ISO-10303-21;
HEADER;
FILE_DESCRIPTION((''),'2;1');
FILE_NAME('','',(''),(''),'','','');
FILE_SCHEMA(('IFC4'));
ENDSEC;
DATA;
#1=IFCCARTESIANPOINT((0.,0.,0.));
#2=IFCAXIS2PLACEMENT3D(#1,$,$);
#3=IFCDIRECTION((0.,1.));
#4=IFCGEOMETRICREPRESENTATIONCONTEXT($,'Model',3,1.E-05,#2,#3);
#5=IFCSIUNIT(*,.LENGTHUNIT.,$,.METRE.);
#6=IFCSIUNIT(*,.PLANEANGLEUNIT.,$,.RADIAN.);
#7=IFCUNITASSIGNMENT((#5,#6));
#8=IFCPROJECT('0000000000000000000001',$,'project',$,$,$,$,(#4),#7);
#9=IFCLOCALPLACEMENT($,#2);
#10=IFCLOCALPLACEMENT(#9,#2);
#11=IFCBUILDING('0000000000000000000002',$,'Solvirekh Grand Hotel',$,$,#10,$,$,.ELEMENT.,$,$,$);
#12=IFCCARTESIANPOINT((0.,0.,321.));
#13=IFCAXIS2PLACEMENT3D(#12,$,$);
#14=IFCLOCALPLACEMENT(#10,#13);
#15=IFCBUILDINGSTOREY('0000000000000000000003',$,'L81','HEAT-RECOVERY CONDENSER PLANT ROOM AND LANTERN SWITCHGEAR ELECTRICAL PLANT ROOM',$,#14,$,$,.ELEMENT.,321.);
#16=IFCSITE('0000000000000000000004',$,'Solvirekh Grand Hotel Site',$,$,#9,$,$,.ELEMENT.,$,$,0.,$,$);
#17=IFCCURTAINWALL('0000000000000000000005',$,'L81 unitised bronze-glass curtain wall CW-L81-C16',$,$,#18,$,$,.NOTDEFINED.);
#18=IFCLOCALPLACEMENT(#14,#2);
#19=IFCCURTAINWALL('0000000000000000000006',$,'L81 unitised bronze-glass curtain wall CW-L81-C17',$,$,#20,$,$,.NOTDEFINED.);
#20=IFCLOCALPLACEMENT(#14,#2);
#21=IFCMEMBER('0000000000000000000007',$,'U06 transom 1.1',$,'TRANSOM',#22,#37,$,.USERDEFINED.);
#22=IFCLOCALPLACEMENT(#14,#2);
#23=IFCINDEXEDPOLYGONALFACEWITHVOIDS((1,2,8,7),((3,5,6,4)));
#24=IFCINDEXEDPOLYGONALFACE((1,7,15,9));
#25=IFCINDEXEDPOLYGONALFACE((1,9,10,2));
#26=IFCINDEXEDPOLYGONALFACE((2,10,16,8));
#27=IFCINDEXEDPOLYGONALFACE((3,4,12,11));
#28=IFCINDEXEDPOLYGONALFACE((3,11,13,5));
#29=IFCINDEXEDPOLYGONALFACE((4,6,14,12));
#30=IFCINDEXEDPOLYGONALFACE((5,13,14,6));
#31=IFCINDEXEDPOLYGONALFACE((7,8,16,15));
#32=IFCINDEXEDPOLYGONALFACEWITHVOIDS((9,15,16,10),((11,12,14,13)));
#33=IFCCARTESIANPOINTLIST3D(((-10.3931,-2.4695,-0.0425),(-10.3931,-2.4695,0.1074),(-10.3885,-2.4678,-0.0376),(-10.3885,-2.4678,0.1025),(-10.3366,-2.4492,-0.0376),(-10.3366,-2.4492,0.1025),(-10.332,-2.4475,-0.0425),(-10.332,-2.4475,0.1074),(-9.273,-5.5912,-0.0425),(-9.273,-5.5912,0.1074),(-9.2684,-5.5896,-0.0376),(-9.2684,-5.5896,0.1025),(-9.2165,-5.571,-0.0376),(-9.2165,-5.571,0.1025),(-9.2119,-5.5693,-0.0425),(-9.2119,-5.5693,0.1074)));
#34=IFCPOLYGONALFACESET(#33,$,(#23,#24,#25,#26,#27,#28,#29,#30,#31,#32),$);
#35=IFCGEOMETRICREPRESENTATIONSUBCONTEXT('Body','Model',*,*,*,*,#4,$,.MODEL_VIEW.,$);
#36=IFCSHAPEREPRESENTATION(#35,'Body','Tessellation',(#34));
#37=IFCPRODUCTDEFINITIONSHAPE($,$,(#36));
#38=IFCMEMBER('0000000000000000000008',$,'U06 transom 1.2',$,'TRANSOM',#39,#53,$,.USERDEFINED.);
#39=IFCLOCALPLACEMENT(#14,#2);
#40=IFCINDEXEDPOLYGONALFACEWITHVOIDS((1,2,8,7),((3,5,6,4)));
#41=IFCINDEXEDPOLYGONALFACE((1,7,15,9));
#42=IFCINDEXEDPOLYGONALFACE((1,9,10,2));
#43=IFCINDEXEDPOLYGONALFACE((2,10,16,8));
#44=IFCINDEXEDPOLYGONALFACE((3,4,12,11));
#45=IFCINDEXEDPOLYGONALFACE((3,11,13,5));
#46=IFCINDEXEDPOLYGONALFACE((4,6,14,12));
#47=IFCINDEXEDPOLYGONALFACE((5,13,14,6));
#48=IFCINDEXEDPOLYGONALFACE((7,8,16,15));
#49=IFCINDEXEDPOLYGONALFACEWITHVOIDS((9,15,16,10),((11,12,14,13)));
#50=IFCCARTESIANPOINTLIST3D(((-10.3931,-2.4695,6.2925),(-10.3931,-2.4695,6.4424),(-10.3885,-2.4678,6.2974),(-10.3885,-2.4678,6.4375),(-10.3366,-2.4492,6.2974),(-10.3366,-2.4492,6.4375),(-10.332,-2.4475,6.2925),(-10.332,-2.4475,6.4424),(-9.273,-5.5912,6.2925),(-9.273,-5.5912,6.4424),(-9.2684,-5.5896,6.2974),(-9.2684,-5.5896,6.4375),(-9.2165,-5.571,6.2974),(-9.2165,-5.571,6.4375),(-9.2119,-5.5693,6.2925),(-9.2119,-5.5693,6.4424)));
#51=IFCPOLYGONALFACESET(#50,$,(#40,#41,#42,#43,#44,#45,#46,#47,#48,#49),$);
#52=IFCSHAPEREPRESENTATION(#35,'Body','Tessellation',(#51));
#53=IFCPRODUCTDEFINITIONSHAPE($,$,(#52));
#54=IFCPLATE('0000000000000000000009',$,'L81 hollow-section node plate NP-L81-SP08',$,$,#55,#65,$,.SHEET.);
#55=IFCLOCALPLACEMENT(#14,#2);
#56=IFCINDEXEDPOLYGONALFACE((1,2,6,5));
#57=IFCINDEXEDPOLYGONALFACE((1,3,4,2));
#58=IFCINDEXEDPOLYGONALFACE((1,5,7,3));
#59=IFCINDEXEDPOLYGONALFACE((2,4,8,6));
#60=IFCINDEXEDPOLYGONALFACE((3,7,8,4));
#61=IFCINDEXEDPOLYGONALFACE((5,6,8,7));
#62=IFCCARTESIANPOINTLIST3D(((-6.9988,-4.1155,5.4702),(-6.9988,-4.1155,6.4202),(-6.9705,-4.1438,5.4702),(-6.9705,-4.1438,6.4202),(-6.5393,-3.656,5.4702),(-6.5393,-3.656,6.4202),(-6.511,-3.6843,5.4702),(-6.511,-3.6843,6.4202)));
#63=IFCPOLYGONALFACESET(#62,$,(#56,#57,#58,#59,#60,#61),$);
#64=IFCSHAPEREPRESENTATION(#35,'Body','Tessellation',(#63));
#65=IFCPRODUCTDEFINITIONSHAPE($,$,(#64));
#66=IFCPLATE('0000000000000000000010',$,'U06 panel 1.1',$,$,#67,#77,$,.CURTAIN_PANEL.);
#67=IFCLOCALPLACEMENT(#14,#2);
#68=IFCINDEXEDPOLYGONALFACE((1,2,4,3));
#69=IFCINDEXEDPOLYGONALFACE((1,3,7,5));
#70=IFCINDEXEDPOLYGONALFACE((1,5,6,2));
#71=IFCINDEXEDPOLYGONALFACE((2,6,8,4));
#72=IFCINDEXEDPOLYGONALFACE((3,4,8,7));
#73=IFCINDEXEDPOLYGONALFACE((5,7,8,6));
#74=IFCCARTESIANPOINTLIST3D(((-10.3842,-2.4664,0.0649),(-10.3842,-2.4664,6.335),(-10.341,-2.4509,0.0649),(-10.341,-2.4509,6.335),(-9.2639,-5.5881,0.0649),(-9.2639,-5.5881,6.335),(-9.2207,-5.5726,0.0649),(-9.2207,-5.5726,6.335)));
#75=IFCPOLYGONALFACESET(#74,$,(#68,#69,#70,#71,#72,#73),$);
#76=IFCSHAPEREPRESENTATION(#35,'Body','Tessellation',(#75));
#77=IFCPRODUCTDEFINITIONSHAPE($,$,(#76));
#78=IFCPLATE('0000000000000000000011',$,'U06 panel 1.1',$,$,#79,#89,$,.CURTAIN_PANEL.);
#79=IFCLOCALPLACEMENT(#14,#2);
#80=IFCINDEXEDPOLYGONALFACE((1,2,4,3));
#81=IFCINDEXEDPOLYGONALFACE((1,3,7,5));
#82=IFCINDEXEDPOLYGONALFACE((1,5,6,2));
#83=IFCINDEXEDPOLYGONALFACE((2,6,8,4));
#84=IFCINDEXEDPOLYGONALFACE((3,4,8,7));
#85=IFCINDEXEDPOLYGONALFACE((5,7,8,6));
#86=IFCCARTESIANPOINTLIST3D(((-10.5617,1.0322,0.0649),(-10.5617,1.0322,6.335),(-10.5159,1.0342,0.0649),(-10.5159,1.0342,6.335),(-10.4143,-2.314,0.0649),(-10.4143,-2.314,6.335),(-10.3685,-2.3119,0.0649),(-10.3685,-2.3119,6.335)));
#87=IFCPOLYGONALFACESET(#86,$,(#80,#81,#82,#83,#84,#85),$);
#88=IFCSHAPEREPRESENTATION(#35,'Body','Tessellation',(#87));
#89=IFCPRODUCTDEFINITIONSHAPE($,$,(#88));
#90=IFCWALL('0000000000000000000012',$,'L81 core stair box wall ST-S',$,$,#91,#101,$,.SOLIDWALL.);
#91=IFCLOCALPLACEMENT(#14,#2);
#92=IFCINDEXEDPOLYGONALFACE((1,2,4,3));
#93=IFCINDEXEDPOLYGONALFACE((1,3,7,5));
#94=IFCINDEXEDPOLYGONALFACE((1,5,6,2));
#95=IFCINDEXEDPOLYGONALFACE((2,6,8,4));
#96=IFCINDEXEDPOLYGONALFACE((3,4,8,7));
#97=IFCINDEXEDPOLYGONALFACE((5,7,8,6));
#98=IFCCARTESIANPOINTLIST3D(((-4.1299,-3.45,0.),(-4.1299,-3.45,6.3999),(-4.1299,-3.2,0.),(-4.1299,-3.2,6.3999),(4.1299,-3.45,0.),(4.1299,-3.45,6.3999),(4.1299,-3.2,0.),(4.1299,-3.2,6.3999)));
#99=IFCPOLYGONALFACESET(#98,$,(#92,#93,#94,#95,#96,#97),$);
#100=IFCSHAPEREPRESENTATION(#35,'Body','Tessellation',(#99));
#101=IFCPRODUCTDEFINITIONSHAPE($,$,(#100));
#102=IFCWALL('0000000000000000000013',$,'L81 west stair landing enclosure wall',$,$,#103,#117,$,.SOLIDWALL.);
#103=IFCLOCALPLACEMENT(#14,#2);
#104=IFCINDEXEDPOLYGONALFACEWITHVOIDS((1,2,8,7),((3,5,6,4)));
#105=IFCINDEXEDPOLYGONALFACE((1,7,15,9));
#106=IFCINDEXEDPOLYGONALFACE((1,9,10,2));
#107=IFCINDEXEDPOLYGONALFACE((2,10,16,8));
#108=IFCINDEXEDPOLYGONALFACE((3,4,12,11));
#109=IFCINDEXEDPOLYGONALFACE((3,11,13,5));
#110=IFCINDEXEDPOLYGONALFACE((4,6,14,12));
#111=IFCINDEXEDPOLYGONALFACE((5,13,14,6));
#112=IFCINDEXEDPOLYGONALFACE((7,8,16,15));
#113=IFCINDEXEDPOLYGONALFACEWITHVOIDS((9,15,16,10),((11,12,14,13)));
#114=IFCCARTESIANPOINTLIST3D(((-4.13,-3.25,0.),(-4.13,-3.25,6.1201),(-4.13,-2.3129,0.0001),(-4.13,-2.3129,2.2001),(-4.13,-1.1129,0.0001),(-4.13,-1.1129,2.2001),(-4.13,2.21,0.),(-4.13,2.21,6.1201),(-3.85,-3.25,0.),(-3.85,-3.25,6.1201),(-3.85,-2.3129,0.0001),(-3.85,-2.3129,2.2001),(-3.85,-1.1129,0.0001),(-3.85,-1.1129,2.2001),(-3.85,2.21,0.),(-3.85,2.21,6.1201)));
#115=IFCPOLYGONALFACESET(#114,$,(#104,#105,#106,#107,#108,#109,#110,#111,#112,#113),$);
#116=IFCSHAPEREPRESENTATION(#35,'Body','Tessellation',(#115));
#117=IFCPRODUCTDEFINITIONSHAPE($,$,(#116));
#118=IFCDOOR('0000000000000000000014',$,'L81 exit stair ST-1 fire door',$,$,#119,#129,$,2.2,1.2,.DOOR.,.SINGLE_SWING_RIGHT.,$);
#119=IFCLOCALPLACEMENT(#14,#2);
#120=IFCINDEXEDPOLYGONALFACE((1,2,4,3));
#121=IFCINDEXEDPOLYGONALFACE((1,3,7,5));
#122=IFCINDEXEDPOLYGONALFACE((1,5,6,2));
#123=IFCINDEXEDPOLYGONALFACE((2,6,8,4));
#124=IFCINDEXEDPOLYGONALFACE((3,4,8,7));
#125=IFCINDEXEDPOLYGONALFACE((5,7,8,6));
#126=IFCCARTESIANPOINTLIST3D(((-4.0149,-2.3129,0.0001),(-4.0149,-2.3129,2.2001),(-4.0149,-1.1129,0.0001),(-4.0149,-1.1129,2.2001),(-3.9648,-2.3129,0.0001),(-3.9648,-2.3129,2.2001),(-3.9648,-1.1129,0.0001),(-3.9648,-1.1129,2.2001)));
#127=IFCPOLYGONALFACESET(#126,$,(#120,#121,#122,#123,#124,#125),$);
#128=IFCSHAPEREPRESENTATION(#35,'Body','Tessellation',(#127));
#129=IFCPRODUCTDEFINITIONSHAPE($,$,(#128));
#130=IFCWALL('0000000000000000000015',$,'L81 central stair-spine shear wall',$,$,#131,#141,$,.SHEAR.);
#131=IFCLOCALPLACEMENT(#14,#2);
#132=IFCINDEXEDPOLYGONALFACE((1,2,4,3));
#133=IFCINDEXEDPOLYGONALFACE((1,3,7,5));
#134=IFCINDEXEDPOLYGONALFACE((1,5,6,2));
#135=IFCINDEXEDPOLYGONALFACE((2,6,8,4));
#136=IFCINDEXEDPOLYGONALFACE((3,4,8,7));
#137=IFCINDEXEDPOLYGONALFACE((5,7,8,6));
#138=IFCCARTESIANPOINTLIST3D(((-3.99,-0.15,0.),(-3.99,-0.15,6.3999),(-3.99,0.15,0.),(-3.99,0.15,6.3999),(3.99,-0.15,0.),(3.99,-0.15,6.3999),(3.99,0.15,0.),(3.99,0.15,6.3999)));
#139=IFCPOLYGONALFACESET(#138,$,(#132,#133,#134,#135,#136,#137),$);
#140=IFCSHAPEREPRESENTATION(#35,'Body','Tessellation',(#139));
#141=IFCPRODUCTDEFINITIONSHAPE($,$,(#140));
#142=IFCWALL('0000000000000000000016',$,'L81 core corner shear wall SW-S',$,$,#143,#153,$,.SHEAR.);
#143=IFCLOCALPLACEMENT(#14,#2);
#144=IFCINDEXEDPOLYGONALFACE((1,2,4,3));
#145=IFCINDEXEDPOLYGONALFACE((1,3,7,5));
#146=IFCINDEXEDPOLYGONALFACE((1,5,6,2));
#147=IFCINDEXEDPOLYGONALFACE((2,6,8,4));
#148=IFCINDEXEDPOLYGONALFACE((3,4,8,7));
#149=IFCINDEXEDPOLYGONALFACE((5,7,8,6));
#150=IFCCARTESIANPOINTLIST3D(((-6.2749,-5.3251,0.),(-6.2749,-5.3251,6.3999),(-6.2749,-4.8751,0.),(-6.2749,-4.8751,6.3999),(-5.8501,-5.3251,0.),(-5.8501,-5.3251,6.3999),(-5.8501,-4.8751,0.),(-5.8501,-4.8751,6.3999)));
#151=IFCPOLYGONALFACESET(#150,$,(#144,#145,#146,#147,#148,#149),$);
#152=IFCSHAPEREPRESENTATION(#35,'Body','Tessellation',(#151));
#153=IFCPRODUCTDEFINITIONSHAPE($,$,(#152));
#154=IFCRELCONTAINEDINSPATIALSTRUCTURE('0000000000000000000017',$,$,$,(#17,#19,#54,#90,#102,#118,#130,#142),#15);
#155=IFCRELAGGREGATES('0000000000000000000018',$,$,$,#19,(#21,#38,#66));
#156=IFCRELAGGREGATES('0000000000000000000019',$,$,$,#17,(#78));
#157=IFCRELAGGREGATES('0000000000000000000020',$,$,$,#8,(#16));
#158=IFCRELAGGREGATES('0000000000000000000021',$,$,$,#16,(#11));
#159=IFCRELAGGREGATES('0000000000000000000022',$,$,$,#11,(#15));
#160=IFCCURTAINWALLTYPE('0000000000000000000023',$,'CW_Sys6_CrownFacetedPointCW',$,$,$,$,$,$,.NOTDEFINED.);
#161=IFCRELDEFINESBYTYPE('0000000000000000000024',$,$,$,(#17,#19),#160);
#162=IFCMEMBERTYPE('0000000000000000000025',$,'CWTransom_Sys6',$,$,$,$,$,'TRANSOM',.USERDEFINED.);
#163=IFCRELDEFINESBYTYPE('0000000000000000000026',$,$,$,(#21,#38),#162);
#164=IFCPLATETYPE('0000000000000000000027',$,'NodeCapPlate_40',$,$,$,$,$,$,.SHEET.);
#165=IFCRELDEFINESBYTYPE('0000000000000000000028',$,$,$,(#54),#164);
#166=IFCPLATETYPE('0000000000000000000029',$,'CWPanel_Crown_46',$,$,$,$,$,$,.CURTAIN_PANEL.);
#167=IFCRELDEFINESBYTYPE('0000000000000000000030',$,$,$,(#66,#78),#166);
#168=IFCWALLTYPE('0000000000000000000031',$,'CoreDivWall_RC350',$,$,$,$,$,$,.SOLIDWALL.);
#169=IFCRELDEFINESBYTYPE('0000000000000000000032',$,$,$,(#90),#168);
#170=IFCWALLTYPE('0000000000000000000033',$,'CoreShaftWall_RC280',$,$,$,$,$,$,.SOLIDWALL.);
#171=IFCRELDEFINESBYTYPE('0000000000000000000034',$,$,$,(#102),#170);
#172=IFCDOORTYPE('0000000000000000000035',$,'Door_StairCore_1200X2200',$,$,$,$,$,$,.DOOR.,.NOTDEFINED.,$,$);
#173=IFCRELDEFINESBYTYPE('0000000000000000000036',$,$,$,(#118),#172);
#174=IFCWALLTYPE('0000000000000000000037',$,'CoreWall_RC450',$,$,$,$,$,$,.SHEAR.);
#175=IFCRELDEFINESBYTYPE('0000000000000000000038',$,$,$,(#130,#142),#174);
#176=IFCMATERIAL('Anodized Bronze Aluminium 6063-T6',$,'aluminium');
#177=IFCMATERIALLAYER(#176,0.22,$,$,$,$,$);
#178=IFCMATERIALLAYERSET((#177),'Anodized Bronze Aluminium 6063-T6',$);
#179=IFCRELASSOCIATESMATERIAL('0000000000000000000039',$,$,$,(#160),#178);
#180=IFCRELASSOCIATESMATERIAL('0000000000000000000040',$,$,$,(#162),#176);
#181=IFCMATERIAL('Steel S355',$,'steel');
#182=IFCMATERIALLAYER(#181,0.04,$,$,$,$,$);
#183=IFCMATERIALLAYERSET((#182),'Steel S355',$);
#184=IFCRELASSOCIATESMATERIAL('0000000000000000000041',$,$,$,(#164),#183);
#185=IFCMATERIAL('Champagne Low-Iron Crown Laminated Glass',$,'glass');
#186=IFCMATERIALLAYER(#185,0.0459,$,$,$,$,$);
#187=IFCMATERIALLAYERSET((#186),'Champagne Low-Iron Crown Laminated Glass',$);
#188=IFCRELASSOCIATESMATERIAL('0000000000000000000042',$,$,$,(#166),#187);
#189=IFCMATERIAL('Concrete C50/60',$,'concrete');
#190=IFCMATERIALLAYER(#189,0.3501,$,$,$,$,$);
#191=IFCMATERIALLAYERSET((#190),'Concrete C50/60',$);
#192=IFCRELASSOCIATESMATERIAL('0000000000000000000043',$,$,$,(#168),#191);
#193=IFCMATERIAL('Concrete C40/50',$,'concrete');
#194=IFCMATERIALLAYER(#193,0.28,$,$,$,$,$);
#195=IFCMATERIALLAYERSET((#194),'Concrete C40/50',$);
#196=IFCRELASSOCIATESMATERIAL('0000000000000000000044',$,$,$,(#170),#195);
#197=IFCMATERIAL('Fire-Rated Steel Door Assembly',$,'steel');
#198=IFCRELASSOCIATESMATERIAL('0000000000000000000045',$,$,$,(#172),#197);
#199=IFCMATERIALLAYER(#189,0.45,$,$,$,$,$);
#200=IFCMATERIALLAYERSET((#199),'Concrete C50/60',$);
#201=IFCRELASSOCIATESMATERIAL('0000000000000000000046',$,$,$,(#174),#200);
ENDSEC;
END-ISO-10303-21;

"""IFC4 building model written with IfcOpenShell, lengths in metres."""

from ifc_helpers import new_model, si_unit, direction, frame, frame_2d, origin, origin_2d, place, context, subcontext, project, spatial, rectangle, hollow_rectangle, extrude, source, transform, mapped, material, layer, layer_set, material_profile, profile_set, type_object, element, fill, aggregate, save


model = new_model("IFC4")

# Units and contexts
model_context = context("Model", 3, precision=1e-05, world=origin(), true_north=direction((0.0, 1.0)))
body_context = subcontext(model_context, "Body", "Model", "MODEL_VIEW")
ifc_project = project(units=[si_unit("LENGTHUNIT", "METRE"), si_unit("PLANEANGLEUNIT", "RADIAN")], contexts=[model_context])

# Site, building, storey
site_placement = place(None, origin())
site = spatial("IfcSite", under=ifc_project, at=site_placement, Name="Solvirekh Grand Hotel Site", CompositionType="ELEMENT", RefElevation=0.0)
building_placement = place(site_placement, origin())
building = spatial("IfcBuilding", under=site, at=building_placement, Name="Solvirekh Grand Hotel", CompositionType="ELEMENT")
storey_placement = place(building_placement, frame((0.0, 0.0, 321.0)))
storey = spatial("IfcBuildingStorey", under=building, at=storey_placement, Name="L81", Description="HEAT-RECOVERY CONDENSER PLANT ROOM AND LANTERN SWITCHGEAR ELECTRICAL PLANT ROOM", CompositionType="ELEMENT", Elevation=321.0)

# Shared definitions
ifc_material_1 = material(Name="Steel S355", Category="steel")

# Curtain wall
ifc_material_2 = material(Name="Anodized Bronze Aluminium 6063-T6", Category="aluminium")
ifc_layer_1 = layer(ifc_material_2, 0.22)
ifc_layer_set_1 = layer_set([ifc_layer_1], Name="Anodized Bronze Aluminium 6063-T6")
curtain_wall_type = type_object("IfcCurtainWallType", Name="CW_Sys6_CrownFacetedPointCW", PredefinedType="NOTDEFINED", material=ifc_layer_set_1)
curtain_wall_1_placement = place(storey_placement, origin())
curtain_wall_1 = element("IfcCurtainWall", 1, at=curtain_wall_1_placement, inside=storey, type_object=curtain_wall_type, Name="L81 unitised bronze-glass curtain wall CW-L81-C16", PredefinedType="NOTDEFINED")

# Curtain wall, members
curtain_wall_2_placement = place(storey_placement, origin())
curtain_wall_2 = element("IfcCurtainWall", 2, at=curtain_wall_2_placement, inside=storey, type_object=curtain_wall_type, Name="L81 unitised bronze-glass curtain wall CW-L81-C17", PredefinedType="NOTDEFINED")
ifc_material_profile_1 = material_profile(ifc_material_2, hollow_rectangle(XDim=0.0649, YDim=0.1499, WallThickness=0.0049, at=origin_2d()), Name="ALU RHS 150X65X5")
ifc_profile_set_1 = profile_set([ifc_material_profile_1], Name="Anodized Bronze Aluminium 6063-T6")
member_type_1 = type_object("IfcMemberType", Name="CWTransom_Sys6", ElementType="TRANSOM", PredefinedType="USERDEFINED", material=ifc_profile_set_1)
shared_shape_1 = source(origin(), body_context, "Body", "SweptSolid", [
    extrude(hollow_rectangle(XDim=0.0649, YDim=0.1499, WallThickness=0.0049, at=origin_2d()), origin(), (0.0, 0.0, 1.0), 3.3167),
])
member_1_placement = place(storey_placement, frame((-10.3625, -2.4585, 0.0325), z_axis=(0.337721, -0.941246, 0.0), x_axis=(0.941246, 0.337721, 0.0)))
member_1 = element("IfcMember", 3, at=member_1_placement, type_object=member_type_1, Name="U06 transom 1.1", ObjectType="TRANSOM", PredefinedType="USERDEFINED", context=body_context, shape_type="MappedRepresentation", body=[
    mapped(shared_shape_1, transform((0.0, 0.0, 0.0), x_axis=(1.0, 0.0, 0.0), y_axis=(0.0, 1.0, 0.0), z_axis=(0.0, 0.0, 1.0), scale=1.0)),
])
member_2_placement = place(storey_placement, frame((-10.3625, -2.4585, 6.3674), z_axis=(0.337721, -0.941246, 0.0), x_axis=(0.941246, 0.337721, 0.0)))
member_2 = element("IfcMember", 4, at=member_2_placement, type_object=member_type_1, Name="U06 transom 1.2", ObjectType="TRANSOM", PredefinedType="USERDEFINED", context=body_context, shape_type="MappedRepresentation", body=[
    mapped(shared_shape_1, transform((0.0, 0.0, 0.0), x_axis=(1.0, 0.0, 0.0), y_axis=(0.0, 1.0, 0.0), z_axis=(0.0, 0.0, 1.0), scale=1.0)),
])

# Plates
ifc_layer_2 = layer(ifc_material_1, 0.04)
ifc_layer_set_2 = layer_set([ifc_layer_2], Name="Steel S355")
plate_type_1 = type_object("IfcPlateType", Name="NodeCapPlate_40", PredefinedType="SHEET", material=ifc_layer_set_2)
plate_1_placement = place(storey_placement, frame((-6.7549, -3.8999, 5.4702), z_axis=(0.0, 0.0, 1.0), x_axis=(0.707107, -0.707107, 0.0)))
element("IfcPlate", 5, at=plate_1_placement, inside=storey, type_object=plate_type_1, Name="L81 hollow-section node plate NP-L81-SP08", PredefinedType="SHEET", context=body_context, shape_type="SweptSolid", body=[
    extrude(rectangle(XDim=0.04, YDim=0.6499, at=origin_2d()), origin(), (0.0, 0.0, 1.0), 0.95),
])
ifc_material_3 = material(Name="Champagne Low-Iron Crown Laminated Glass", Category="glass")
ifc_layer_3 = layer(ifc_material_3, 0.0459)
ifc_layer_set_3 = layer_set([ifc_layer_3], Name="Champagne Low-Iron Crown Laminated Glass")
plate_type_2 = type_object("IfcPlateType", Name="CWPanel_Crown_46", PredefinedType="CURTAIN_PANEL", material=ifc_layer_set_3)
shared_shape_2 = source(origin(), body_context, "Body", "SweptSolid", [
    extrude(rectangle(XDim=3.3167, YDim=0.0459, at=origin_2d()), origin(), (0.0, 0.0, 1.0), 6.27),
])
plate_2_placement = place(storey_placement, frame((-9.8025, -4.0195, 0.0649), z_axis=(0.0, 0.0, 1.0), x_axis=(0.33778, -0.941225, 0.0)))
plate_2 = element("IfcPlate", 6, at=plate_2_placement, type_object=plate_type_2, Name="U06 panel 1.1", PredefinedType="CURTAIN_PANEL", context=body_context, shape_type="MappedRepresentation", body=[
    mapped(shared_shape_2, transform((0.0, 0.0, 0.0), x_axis=(1.0, 0.0, 0.0), y_axis=(0.0, 1.0, 0.0), z_axis=(0.0, 0.0, 1.0), scale=1.0)),
])
aggregate(curtain_wall_2, [member_1, member_2, plate_2])
shared_shape_3 = source(origin(), body_context, "Body", "SweptSolid", [
    extrude(rectangle(XDim=3.3494, YDim=0.0459, at=origin_2d()), origin(), (0.0, 0.0, 1.0), 6.27),
])
plate_3_placement = place(storey_placement, frame((-10.4651, -0.6399, 0.0649), z_axis=(0.0, 0.0, 1.0), x_axis=(0.044008, -0.999031, 0.0)))
plate_3 = element("IfcPlate", 7, at=plate_3_placement, type_object=plate_type_2, Name="U06 panel 1.1", PredefinedType="CURTAIN_PANEL", context=body_context, shape_type="MappedRepresentation", body=[
    mapped(shared_shape_3, transform((0.0, 0.0, 0.0), x_axis=(1.0, 0.0, 0.0), y_axis=(0.0, 1.0, 0.0), z_axis=(0.0, 0.0, 1.0), scale=1.0)),
])
aggregate(curtain_wall_1, [plate_3])

# Wall
ifc_material_4 = material(Name="Concrete C50/60", Category="concrete")
ifc_layer_4 = layer(ifc_material_4, 0.3501)
ifc_layer_set_4 = layer_set([ifc_layer_4], Name="Concrete C50/60")
wall_type_1 = type_object("IfcWallType", Name="CoreDivWall_RC350", PredefinedType="SOLIDWALL", material=ifc_layer_set_4)
wall_1_placement = place(storey_placement, frame((-4.1299, -3.325, 0.0), z_axis=(0.0, 0.0, 1.0), x_axis=(1.0, 0.0, 0.0)))
element("IfcWall", 8, at=wall_1_placement, inside=storey, type_object=wall_type_1, Name="L81 core stair box wall ST-S", PredefinedType="SOLIDWALL", context=body_context, shape_type="SweptSolid", body=[
    extrude(rectangle(XDim=8.2598, YDim=0.25, at=frame_2d((4.1299, 0.0))), origin(), (0.0, 0.0, 1.0), 6.3999),
])

# Wall, opening, door
ifc_material_5 = material(Name="Concrete C40/50", Category="concrete")
ifc_layer_5 = layer(ifc_material_5, 0.28)
ifc_layer_set_5 = layer_set([ifc_layer_5], Name="Concrete C40/50")
wall_type_2 = type_object("IfcWallType", Name="CoreShaftWall_RC280", PredefinedType="SOLIDWALL", material=ifc_layer_set_5)
wall_2_placement = place(storey_placement, frame((-3.99, -3.25, 0.0), z_axis=(0.0, 0.0, 1.0), x_axis=(0.0, 1.0, 0.0)))
wall_2 = element("IfcWall", 9, at=wall_2_placement, inside=storey, type_object=wall_type_2, Name="L81 west stair landing enclosure wall", PredefinedType="SOLIDWALL", context=body_context, shape_type="SweptSolid", body=[
    extrude(rectangle(XDim=5.46, YDim=0.28, at=frame_2d((2.73, 0.0))), origin(), (0.0, 0.0, 1.0), 6.1201),
])
opening_1_placement = place(wall_2_placement, frame((0.937, 0.0, 0.0)))
opening_1 = element("IfcOpeningElement", 10, at=opening_1_placement, cuts=wall_2, PredefinedType="OPENING", context=body_context, shape_type="SweptSolid", body=[
    extrude(rectangle(XDim=1.2, YDim=2.2, at=frame_2d((0.6001, 1.1001))), frame((0.0, 0.1499, 0.0), z_axis=(0.0, -1.0, 0.0), x_axis=(1.0, 0.0, 0.0)), (0.0, 0.0, 1.0), 0.3),
])
ifc_material_6 = material(Name="Fire-Rated Steel Door Assembly", Category="steel")
door_type_1 = type_object("IfcDoorType", Name="Door_StairCore_1200X2200", OperationType="NOTDEFINED", PredefinedType="DOOR", material=ifc_material_6)
door_1_placement = place(opening_1_placement, origin())
door_1 = element("IfcDoor", 11, at=door_1_placement, inside=storey, type_object=door_type_1, Name="L81 exit stair ST-1 fire door", OperationType="SINGLE_SWING_RIGHT", OverallHeight=2.2, OverallWidth=1.2, PredefinedType="DOOR", context=body_context, shape_type="SweptSolid", body=[
    extrude(rectangle(XDim=1.2, YDim=2.2, at=frame_2d((0.6001, 1.1001))), frame((0.0, 0.0249, 0.0), z_axis=(0.0, -1.0, 0.0), x_axis=(1.0, 0.0, 0.0)), (0.0, 0.0, 1.0), 0.05),
])
fill(opening_1, door_1)

# Walls
ifc_layer_6 = layer(ifc_material_4, 0.45)
ifc_layer_set_6 = layer_set([ifc_layer_6], Name="Concrete C50/60")
wall_type_3 = type_object("IfcWallType", Name="CoreWall_RC450", PredefinedType="SHEAR", material=ifc_layer_set_6)
wall_3_placement = place(storey_placement, frame((-3.99, 0.0, 0.0), z_axis=(0.0, 0.0, 1.0), x_axis=(1.0, 0.0, 0.0)))
element("IfcWall", 12, at=wall_3_placement, inside=storey, type_object=wall_type_3, Name="L81 central stair-spine shear wall", PredefinedType="SHEAR", context=body_context, shape_type="SweptSolid", body=[
    extrude(rectangle(XDim=7.98, YDim=0.3, at=frame_2d((3.99, 0.0))), origin(), (0.0, 0.0, 1.0), 6.3999),
])
wall_4_placement = place(storey_placement, frame((-6.2749, -5.1001, 0.0), z_axis=(0.0, 0.0, 1.0), x_axis=(1.0, 0.0, 0.0)))
element("IfcWall", 13, at=wall_4_placement, inside=storey, type_object=wall_type_3, Name="L81 core corner shear wall SW-S", PredefinedType="SHEAR", context=body_context, shape_type="SweptSolid", body=[
    extrude(rectangle(XDim=0.4248, YDim=0.45, at=frame_2d((0.2124, 0.0))), origin(), (0.0, 0.0, 1.0), 6.3999),
])

save(model, "model.ifc")
